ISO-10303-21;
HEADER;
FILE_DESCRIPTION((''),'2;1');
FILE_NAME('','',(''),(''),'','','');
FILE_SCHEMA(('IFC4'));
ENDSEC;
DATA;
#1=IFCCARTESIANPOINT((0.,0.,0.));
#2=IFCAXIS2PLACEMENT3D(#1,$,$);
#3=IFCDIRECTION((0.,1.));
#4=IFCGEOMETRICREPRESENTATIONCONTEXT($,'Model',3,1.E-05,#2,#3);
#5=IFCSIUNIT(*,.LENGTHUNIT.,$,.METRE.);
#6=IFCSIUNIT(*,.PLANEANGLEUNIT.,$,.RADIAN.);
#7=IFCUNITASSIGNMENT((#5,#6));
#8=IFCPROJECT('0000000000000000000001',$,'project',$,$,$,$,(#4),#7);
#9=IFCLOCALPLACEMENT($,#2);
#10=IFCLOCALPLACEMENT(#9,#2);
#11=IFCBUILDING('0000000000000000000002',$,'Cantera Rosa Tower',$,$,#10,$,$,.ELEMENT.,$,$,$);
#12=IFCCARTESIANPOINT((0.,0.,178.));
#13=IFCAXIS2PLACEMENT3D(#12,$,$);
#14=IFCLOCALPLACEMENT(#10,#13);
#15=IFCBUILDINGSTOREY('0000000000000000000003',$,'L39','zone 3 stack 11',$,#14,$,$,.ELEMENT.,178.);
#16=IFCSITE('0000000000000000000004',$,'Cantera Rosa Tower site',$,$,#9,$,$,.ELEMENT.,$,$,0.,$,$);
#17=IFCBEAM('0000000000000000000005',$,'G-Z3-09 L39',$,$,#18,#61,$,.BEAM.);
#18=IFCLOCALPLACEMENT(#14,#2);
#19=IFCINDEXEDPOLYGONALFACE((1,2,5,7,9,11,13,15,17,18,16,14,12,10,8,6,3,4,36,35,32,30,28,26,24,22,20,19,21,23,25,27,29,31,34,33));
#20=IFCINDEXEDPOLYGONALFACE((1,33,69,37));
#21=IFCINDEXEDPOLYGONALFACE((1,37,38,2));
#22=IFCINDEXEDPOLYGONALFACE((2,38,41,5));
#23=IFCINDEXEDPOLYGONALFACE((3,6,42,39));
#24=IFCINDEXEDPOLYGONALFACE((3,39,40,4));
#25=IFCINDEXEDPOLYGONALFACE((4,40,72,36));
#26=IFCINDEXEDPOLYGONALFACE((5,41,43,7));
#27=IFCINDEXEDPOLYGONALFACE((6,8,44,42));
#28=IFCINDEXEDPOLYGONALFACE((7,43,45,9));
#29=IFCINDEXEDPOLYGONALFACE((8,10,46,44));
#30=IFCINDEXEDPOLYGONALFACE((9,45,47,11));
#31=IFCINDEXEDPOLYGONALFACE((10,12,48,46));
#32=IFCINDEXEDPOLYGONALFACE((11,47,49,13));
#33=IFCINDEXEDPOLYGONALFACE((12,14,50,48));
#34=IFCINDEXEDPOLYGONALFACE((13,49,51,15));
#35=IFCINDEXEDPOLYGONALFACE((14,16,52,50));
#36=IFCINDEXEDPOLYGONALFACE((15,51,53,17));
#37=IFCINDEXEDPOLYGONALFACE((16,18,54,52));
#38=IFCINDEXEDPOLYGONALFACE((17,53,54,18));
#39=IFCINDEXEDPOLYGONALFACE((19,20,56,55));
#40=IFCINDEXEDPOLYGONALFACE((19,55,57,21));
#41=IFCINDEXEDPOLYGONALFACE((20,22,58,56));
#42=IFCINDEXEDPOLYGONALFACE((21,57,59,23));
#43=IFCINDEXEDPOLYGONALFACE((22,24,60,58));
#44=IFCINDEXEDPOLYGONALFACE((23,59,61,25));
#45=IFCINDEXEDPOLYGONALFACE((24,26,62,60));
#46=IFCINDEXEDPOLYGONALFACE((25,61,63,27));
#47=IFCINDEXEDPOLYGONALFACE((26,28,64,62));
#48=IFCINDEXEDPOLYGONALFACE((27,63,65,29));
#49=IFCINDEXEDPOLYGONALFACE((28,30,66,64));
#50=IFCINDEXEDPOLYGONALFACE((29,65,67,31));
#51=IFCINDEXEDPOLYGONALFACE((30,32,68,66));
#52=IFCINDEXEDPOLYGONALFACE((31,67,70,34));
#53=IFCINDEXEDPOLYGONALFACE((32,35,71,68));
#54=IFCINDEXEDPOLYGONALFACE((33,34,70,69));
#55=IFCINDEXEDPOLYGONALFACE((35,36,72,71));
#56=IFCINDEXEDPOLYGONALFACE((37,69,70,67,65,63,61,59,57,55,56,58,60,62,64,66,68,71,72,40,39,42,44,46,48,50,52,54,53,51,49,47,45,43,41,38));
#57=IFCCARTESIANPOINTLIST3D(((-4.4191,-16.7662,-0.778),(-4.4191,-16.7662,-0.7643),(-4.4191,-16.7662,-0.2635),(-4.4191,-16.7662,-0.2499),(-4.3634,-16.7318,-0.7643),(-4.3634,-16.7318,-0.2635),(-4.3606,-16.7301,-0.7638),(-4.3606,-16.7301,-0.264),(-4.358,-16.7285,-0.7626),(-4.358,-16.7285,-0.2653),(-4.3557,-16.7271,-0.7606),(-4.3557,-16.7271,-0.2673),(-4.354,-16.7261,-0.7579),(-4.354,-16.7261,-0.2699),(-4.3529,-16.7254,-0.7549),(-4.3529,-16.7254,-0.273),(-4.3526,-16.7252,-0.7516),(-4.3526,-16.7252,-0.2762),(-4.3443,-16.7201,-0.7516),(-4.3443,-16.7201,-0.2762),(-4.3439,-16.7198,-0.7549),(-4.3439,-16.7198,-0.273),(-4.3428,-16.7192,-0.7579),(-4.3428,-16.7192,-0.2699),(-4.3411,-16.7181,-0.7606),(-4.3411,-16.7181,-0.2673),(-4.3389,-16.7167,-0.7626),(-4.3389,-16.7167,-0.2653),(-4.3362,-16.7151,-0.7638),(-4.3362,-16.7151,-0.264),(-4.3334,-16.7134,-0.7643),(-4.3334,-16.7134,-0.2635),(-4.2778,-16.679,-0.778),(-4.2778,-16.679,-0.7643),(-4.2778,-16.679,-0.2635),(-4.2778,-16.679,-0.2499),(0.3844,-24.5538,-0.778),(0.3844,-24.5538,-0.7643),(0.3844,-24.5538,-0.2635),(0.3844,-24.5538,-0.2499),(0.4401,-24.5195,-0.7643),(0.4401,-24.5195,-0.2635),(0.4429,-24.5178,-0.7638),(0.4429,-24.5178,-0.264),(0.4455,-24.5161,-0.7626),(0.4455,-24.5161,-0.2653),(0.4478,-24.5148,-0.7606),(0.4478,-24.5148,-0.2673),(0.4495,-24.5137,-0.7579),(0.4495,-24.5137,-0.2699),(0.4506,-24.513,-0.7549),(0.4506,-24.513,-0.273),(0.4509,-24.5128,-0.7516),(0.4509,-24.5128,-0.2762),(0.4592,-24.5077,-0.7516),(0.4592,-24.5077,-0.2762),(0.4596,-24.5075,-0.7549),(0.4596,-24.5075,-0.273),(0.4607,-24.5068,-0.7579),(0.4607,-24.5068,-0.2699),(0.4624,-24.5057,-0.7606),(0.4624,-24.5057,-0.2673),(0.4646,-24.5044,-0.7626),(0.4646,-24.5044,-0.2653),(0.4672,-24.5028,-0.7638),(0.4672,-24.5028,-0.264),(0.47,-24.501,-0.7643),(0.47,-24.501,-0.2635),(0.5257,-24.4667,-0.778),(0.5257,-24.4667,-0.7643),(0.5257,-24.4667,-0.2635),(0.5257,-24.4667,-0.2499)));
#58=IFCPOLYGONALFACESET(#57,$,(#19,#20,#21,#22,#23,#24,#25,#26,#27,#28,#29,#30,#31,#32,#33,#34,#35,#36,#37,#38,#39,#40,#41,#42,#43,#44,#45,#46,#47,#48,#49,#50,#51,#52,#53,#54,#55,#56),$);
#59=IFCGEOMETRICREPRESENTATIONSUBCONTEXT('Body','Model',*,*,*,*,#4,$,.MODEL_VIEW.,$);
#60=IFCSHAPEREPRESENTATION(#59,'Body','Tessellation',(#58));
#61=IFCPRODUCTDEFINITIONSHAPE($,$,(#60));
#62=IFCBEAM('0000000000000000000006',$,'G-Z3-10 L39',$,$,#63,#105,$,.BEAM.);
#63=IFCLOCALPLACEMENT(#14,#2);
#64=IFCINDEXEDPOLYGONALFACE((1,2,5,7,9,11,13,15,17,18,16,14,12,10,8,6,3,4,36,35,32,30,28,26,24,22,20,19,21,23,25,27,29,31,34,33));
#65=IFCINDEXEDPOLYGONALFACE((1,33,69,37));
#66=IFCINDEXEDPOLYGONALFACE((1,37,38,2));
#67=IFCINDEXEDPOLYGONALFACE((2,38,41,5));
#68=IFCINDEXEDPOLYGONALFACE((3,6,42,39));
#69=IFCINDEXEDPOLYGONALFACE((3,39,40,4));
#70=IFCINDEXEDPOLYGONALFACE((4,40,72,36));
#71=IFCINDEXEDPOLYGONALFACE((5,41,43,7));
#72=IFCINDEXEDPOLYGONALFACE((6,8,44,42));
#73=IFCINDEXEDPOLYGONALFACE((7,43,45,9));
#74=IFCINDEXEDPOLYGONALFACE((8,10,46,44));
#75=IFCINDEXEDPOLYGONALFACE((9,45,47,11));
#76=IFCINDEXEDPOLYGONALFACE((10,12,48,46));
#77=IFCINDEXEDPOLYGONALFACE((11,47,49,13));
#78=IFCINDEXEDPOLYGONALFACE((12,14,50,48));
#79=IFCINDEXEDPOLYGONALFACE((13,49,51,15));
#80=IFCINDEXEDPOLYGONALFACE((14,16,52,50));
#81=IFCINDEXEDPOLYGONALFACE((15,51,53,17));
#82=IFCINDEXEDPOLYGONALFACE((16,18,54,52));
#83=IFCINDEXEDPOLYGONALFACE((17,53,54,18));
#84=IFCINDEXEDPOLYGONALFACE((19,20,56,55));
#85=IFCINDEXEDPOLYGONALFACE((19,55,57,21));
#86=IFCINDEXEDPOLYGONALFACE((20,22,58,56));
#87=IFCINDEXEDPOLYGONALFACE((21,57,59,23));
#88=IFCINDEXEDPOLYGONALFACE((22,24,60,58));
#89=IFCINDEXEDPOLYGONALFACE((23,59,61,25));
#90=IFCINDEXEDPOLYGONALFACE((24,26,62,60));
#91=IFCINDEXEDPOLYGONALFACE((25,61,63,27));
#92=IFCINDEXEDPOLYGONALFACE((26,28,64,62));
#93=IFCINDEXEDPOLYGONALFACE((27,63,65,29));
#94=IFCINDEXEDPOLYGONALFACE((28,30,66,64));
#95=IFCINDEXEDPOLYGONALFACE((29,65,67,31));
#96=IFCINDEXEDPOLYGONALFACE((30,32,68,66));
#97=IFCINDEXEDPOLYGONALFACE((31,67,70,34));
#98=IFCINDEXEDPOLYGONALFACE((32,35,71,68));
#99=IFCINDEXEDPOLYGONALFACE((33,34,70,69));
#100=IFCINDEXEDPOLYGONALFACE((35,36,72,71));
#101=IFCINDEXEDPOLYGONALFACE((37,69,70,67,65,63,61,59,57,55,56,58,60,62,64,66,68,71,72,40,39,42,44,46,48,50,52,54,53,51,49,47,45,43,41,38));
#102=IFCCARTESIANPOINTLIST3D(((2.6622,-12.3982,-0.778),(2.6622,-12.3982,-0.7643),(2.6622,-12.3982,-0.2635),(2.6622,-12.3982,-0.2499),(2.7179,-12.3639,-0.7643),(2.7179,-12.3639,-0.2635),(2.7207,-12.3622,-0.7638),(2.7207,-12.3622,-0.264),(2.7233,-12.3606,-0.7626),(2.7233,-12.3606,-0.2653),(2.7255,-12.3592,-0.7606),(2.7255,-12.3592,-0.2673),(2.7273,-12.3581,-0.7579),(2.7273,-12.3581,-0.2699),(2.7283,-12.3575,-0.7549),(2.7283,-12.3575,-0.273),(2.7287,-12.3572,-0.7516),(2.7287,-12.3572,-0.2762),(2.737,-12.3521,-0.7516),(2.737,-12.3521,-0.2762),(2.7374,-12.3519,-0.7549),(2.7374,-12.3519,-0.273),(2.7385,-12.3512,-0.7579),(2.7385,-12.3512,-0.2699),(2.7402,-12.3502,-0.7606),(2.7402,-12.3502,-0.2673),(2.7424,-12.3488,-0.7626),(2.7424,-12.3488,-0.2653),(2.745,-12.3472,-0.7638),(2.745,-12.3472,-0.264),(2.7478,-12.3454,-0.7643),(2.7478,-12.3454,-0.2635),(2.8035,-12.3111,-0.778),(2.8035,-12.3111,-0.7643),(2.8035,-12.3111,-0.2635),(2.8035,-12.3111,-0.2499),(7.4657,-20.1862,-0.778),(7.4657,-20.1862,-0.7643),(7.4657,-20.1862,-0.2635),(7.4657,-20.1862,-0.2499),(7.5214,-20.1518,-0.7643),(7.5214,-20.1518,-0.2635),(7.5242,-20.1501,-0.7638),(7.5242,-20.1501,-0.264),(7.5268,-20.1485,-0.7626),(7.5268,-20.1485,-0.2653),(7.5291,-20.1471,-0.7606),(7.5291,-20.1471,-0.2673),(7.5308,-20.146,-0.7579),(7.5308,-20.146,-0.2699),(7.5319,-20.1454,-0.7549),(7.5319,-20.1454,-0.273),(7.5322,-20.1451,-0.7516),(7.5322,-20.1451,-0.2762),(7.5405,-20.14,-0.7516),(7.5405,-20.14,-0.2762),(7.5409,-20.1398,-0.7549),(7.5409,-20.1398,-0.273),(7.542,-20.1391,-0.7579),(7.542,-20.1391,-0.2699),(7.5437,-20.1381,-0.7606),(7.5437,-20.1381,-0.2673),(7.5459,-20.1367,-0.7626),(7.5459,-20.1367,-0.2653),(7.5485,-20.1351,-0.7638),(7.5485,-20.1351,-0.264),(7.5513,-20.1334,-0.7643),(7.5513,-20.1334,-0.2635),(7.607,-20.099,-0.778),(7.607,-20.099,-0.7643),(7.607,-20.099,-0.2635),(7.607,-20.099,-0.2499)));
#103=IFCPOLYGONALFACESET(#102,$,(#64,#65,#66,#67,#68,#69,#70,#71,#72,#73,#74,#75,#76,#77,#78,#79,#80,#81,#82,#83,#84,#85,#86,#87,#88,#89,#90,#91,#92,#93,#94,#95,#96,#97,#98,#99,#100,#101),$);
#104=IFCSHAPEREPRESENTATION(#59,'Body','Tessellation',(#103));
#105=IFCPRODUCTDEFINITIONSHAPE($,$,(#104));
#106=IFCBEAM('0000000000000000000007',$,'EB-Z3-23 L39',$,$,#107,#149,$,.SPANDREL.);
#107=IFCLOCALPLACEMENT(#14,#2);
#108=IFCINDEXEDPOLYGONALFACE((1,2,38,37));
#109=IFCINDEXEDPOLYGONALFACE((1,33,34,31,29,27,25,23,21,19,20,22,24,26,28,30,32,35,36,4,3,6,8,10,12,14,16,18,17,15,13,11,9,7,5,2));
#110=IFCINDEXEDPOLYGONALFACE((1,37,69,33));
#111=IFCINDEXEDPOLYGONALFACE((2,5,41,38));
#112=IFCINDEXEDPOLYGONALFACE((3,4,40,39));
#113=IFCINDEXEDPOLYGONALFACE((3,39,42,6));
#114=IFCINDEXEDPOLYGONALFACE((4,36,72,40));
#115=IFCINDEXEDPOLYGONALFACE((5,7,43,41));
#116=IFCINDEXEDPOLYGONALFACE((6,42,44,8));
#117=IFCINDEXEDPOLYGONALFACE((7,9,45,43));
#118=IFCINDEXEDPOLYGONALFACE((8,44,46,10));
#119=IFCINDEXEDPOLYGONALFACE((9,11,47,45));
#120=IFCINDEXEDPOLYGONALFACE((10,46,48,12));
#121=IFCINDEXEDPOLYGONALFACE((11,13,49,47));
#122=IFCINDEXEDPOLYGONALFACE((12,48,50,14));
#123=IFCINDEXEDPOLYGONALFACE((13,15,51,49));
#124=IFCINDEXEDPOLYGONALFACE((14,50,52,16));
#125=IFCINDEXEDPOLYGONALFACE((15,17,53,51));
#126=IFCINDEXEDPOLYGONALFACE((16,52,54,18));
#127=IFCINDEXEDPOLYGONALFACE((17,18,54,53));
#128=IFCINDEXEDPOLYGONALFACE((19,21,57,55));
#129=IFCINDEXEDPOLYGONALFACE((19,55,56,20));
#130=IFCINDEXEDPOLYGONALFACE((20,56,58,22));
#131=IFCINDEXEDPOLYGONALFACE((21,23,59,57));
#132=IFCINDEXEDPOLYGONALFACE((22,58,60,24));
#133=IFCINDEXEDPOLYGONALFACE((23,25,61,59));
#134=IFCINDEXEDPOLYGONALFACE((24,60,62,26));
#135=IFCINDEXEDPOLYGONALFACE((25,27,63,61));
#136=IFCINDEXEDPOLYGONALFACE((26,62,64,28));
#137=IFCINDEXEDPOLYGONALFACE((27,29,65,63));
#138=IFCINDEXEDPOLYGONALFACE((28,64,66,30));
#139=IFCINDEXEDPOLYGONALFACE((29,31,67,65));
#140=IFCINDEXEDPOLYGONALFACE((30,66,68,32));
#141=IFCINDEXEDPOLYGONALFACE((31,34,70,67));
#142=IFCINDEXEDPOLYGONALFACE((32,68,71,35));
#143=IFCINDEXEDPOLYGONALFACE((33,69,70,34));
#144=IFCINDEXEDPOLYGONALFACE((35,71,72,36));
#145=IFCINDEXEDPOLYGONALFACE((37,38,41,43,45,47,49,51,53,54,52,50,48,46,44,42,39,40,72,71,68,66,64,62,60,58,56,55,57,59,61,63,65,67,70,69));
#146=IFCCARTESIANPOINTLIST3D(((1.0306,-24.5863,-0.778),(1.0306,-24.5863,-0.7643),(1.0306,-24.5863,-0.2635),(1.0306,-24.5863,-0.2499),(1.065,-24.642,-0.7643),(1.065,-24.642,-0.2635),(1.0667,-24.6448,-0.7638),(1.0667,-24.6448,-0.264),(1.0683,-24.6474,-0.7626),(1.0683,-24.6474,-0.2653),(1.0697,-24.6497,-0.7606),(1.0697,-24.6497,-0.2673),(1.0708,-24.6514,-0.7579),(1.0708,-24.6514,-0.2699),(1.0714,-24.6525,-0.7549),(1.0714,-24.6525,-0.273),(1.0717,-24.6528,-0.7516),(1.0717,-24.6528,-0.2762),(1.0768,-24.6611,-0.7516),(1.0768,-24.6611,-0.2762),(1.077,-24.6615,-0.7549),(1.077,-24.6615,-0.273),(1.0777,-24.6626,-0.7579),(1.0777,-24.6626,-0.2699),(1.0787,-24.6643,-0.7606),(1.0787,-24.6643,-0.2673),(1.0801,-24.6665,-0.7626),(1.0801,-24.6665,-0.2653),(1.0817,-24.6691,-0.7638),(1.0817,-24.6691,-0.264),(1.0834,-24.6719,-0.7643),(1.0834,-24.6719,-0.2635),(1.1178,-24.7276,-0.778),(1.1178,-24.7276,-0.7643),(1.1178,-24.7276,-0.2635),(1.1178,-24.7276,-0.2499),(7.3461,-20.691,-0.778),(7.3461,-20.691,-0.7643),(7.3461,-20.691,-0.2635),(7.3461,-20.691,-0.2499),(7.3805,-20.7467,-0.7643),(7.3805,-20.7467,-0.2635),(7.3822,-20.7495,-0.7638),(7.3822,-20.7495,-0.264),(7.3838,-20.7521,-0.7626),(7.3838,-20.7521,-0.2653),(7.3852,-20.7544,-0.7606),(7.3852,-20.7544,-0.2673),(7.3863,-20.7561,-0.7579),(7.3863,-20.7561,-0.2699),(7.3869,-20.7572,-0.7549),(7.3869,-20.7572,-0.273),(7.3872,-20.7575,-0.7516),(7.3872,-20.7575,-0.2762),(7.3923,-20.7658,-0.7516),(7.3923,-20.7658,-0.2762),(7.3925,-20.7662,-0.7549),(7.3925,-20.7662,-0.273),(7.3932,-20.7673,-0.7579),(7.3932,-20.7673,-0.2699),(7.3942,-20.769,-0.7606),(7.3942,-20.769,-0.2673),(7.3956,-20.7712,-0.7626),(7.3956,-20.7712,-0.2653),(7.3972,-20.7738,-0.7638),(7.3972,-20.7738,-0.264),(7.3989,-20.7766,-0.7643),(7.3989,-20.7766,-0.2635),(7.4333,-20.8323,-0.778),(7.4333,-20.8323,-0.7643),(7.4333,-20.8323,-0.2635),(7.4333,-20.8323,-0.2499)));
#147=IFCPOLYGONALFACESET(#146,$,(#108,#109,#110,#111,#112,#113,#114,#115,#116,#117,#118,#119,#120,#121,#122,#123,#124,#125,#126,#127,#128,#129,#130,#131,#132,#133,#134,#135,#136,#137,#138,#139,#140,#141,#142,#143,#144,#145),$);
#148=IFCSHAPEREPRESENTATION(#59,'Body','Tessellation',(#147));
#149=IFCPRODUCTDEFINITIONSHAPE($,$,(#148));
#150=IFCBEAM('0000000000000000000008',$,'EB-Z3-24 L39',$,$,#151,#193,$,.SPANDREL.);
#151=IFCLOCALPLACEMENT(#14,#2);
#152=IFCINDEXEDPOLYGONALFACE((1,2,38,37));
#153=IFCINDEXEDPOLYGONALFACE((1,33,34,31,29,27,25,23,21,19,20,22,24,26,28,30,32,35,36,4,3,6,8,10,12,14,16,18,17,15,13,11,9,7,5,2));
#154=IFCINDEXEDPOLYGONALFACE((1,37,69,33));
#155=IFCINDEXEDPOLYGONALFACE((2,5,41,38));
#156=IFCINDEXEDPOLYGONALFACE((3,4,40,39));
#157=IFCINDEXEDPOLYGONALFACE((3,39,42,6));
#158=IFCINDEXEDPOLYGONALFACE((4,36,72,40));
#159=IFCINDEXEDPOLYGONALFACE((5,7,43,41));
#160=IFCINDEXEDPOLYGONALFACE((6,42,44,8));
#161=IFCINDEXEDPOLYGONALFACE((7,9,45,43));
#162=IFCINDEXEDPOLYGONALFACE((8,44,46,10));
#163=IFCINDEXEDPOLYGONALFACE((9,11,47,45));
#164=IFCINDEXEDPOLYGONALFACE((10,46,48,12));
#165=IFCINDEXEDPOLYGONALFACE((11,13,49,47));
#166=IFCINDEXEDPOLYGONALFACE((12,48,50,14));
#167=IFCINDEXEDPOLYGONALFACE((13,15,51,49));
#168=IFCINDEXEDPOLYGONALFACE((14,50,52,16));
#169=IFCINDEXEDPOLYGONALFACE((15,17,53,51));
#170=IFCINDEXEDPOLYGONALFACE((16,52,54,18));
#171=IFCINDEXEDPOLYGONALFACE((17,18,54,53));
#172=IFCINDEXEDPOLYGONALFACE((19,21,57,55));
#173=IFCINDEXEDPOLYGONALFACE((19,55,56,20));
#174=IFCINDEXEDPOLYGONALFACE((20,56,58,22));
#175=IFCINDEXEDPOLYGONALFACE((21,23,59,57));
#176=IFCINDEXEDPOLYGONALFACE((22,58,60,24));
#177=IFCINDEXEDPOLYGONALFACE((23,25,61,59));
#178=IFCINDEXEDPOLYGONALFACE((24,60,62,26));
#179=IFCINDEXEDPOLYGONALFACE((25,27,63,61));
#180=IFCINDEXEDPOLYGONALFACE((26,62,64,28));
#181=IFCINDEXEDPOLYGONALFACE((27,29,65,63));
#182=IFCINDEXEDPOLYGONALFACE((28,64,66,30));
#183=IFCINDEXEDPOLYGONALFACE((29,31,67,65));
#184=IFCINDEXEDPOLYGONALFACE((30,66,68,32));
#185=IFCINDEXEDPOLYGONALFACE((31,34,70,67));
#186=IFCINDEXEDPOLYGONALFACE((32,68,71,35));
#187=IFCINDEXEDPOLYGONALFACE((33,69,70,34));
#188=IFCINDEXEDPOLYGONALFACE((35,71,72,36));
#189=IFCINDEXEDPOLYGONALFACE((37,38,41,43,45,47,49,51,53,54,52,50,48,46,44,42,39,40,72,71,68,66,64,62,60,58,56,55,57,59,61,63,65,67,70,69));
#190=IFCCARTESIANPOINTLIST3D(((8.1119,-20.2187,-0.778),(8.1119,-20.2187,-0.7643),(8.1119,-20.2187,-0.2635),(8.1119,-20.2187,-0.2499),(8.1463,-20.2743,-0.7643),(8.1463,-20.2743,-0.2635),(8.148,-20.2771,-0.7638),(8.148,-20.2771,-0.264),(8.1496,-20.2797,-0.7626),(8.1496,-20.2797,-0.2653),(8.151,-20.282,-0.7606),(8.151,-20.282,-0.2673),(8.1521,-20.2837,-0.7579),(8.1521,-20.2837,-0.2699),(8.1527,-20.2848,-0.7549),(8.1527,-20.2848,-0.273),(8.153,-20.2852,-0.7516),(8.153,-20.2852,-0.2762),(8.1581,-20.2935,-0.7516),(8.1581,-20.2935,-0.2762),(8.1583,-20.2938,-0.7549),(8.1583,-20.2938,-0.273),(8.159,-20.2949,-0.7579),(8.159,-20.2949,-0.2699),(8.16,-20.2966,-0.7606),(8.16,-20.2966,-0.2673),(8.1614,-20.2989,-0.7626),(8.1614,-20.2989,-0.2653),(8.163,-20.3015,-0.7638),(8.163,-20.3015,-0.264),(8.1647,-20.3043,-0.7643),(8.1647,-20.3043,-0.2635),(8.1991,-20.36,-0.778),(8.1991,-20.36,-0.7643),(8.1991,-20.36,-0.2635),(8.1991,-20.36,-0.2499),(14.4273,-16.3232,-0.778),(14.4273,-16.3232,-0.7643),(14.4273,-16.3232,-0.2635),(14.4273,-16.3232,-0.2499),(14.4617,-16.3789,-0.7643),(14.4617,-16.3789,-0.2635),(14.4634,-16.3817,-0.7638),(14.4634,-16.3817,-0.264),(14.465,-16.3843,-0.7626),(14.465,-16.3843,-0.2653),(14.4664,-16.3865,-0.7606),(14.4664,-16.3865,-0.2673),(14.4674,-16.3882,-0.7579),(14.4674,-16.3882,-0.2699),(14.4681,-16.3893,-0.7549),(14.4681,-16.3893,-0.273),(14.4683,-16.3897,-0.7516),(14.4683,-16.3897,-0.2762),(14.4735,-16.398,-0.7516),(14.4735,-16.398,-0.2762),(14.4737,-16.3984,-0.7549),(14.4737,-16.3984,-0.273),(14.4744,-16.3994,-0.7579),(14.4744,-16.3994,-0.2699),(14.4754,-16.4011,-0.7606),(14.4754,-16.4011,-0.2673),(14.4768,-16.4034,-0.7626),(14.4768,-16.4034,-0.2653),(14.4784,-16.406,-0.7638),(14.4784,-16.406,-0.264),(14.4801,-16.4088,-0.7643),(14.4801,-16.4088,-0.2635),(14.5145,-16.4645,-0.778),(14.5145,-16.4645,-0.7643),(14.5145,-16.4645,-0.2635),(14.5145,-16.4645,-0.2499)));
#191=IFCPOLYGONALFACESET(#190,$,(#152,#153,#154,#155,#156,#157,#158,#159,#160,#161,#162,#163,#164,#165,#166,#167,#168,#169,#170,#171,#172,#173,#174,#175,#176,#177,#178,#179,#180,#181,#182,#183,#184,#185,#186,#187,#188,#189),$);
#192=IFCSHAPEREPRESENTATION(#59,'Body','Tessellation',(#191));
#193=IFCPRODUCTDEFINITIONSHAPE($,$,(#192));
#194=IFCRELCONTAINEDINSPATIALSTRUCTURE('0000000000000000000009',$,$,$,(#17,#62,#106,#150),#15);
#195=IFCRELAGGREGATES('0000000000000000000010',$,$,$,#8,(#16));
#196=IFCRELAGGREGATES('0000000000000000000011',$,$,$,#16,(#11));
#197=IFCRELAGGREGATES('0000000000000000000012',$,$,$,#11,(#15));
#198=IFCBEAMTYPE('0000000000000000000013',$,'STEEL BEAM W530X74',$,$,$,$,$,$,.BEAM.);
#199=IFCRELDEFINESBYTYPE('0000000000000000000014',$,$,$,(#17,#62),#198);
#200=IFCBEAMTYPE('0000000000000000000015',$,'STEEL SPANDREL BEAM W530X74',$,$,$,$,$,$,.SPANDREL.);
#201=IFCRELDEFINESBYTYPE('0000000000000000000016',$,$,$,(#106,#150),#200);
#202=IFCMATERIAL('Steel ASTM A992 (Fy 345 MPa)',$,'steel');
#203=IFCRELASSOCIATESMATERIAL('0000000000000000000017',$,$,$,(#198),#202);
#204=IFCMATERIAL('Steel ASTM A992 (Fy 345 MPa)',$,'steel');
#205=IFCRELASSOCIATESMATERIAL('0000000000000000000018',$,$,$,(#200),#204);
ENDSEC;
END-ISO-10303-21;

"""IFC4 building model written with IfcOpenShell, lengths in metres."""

from ifc_helpers import new_model, si_unit, direction, frame, origin, origin_2d, place, context, subcontext, project, spatial, i_section, extrude, material, material_profile, profile_set, type_object, element, save


model = new_model("IFC4")

# Units and contexts
model_context = context("Model", 3, precision=1e-05, world=origin(), true_north=direction((0.0, 1.0)))
body_context = subcontext(model_context, "Body", "Model", "MODEL_VIEW")
ifc_project = project(units=[si_unit("LENGTHUNIT", "METRE"), si_unit("PLANEANGLEUNIT", "RADIAN")], contexts=[model_context])

# Site, building, storey
site_placement = place(None, origin())
site = spatial("IfcSite", under=ifc_project, at=site_placement, Name="Cantera Rosa Tower site", CompositionType="ELEMENT", RefElevation=0.0)
building_placement = place(site_placement, origin())
building = spatial("IfcBuilding", under=site, at=building_placement, Name="Cantera Rosa Tower", CompositionType="ELEMENT")
storey_placement = place(building_placement, frame((0.0, 0.0, 178.0)))
storey = spatial("IfcBuildingStorey", under=building, at=storey_placement, Name="L39", Description="zone 3 stack 11", CompositionType="ELEMENT", Elevation=178.0)

# Beams
ifc_material_1 = material(Name="Steel ASTM A992 (Fy 345 MPa)", Category="steel")
ifc_material_profile_1 = material_profile(ifc_material_1, i_section(OverallWidth=0.166, OverallDepth=0.5281, WebThickness=0.0098, FlangeThickness=0.0137, FilletRadius=0.0127, at=origin_2d()), Name="W530X74")
ifc_profile_set_1 = profile_set([ifc_material_profile_1], Name="Steel ASTM A992 (Fy 345 MPa)")
beam_type_1 = type_object("IfcBeamType", Name="STEEL BEAM W530X74", PredefinedType="BEAM", material=ifc_profile_set_1)
beam_1_placement = place(storey_placement, frame((0.4551, -24.5103, -0.5139), z_axis=(-0.524977, 0.851116, 0.0), x_axis=(-0.851116, -0.524977, 0.0)))
element("IfcBeam", 1, at=beam_1_placement, inside=storey, type_object=beam_type_1, Name="G-Z3-09 L39", PredefinedType="BEAM", context=body_context, shape_type="SweptSolid", body=[
    extrude(i_section(OverallWidth=0.166, OverallDepth=0.5281, WebThickness=0.0098, FlangeThickness=0.0137, FilletRadius=0.0127, at=origin_2d()), origin(), (0.0, 0.0, 1.0), 9.1499),
])
beam_2_placement = place(storey_placement, frame((7.5364, -20.1426, -0.5139), z_axis=(-0.524965, 0.851124, 0.0), x_axis=(-0.851124, -0.524965, 0.0)))
element("IfcBeam", 2, at=beam_2_placement, inside=storey, type_object=beam_type_1, Name="G-Z3-10 L39", PredefinedType="BEAM", context=body_context, shape_type="SweptSolid", body=[
    extrude(i_section(OverallWidth=0.166, OverallDepth=0.5281, WebThickness=0.0098, FlangeThickness=0.0137, FilletRadius=0.0127, at=origin_2d()), origin(), (0.0, 0.0, 1.0), 9.1501),
])
ifc_material_2 = material(Name="Steel ASTM A992 (Fy 345 MPa)", Category="steel")
ifc_material_profile_2 = material_profile(ifc_material_2, i_section(OverallWidth=0.166, OverallDepth=0.5281, WebThickness=0.0098, FlangeThickness=0.0137, FilletRadius=0.0127, at=origin_2d()), Name="W530X74")
ifc_profile_set_2 = profile_set([ifc_material_profile_2], Name="Steel ASTM A992 (Fy 345 MPa)")
beam_type_2 = type_object("IfcBeamType", Name="STEEL SPANDREL BEAM W530X74", PredefinedType="SPANDREL", material=ifc_profile_set_2)
for number, where, z_axis, x_axis, name in (
    (3, (1.0742, -24.657, -0.5139), (0.851126, 0.524962, 0.0), (-0.524962, 0.851126, 0.0), "EB-Z3-23 L39"),
    (4, (8.1555, -20.2893, -0.5139), (0.851111, 0.524986, 0.0), (-0.524986, 0.851111, 0.0), "EB-Z3-24 L39"),
):
    element("IfcBeam", number, at=place(storey_placement, frame(where, z_axis=z_axis, x_axis=x_axis)), inside=storey, type_object=beam_type_2, Name=name, PredefinedType="SPANDREL", context=body_context, shape_type="SweptSolid", body=[
        extrude(i_section(OverallWidth=0.166, OverallDepth=0.5281, WebThickness=0.0098, FlangeThickness=0.0137, FilletRadius=0.0127, at=origin_2d()), origin(), (0.0, 0.0, 1.0), 7.4202),
    ])

save(model, "model.ifc")
